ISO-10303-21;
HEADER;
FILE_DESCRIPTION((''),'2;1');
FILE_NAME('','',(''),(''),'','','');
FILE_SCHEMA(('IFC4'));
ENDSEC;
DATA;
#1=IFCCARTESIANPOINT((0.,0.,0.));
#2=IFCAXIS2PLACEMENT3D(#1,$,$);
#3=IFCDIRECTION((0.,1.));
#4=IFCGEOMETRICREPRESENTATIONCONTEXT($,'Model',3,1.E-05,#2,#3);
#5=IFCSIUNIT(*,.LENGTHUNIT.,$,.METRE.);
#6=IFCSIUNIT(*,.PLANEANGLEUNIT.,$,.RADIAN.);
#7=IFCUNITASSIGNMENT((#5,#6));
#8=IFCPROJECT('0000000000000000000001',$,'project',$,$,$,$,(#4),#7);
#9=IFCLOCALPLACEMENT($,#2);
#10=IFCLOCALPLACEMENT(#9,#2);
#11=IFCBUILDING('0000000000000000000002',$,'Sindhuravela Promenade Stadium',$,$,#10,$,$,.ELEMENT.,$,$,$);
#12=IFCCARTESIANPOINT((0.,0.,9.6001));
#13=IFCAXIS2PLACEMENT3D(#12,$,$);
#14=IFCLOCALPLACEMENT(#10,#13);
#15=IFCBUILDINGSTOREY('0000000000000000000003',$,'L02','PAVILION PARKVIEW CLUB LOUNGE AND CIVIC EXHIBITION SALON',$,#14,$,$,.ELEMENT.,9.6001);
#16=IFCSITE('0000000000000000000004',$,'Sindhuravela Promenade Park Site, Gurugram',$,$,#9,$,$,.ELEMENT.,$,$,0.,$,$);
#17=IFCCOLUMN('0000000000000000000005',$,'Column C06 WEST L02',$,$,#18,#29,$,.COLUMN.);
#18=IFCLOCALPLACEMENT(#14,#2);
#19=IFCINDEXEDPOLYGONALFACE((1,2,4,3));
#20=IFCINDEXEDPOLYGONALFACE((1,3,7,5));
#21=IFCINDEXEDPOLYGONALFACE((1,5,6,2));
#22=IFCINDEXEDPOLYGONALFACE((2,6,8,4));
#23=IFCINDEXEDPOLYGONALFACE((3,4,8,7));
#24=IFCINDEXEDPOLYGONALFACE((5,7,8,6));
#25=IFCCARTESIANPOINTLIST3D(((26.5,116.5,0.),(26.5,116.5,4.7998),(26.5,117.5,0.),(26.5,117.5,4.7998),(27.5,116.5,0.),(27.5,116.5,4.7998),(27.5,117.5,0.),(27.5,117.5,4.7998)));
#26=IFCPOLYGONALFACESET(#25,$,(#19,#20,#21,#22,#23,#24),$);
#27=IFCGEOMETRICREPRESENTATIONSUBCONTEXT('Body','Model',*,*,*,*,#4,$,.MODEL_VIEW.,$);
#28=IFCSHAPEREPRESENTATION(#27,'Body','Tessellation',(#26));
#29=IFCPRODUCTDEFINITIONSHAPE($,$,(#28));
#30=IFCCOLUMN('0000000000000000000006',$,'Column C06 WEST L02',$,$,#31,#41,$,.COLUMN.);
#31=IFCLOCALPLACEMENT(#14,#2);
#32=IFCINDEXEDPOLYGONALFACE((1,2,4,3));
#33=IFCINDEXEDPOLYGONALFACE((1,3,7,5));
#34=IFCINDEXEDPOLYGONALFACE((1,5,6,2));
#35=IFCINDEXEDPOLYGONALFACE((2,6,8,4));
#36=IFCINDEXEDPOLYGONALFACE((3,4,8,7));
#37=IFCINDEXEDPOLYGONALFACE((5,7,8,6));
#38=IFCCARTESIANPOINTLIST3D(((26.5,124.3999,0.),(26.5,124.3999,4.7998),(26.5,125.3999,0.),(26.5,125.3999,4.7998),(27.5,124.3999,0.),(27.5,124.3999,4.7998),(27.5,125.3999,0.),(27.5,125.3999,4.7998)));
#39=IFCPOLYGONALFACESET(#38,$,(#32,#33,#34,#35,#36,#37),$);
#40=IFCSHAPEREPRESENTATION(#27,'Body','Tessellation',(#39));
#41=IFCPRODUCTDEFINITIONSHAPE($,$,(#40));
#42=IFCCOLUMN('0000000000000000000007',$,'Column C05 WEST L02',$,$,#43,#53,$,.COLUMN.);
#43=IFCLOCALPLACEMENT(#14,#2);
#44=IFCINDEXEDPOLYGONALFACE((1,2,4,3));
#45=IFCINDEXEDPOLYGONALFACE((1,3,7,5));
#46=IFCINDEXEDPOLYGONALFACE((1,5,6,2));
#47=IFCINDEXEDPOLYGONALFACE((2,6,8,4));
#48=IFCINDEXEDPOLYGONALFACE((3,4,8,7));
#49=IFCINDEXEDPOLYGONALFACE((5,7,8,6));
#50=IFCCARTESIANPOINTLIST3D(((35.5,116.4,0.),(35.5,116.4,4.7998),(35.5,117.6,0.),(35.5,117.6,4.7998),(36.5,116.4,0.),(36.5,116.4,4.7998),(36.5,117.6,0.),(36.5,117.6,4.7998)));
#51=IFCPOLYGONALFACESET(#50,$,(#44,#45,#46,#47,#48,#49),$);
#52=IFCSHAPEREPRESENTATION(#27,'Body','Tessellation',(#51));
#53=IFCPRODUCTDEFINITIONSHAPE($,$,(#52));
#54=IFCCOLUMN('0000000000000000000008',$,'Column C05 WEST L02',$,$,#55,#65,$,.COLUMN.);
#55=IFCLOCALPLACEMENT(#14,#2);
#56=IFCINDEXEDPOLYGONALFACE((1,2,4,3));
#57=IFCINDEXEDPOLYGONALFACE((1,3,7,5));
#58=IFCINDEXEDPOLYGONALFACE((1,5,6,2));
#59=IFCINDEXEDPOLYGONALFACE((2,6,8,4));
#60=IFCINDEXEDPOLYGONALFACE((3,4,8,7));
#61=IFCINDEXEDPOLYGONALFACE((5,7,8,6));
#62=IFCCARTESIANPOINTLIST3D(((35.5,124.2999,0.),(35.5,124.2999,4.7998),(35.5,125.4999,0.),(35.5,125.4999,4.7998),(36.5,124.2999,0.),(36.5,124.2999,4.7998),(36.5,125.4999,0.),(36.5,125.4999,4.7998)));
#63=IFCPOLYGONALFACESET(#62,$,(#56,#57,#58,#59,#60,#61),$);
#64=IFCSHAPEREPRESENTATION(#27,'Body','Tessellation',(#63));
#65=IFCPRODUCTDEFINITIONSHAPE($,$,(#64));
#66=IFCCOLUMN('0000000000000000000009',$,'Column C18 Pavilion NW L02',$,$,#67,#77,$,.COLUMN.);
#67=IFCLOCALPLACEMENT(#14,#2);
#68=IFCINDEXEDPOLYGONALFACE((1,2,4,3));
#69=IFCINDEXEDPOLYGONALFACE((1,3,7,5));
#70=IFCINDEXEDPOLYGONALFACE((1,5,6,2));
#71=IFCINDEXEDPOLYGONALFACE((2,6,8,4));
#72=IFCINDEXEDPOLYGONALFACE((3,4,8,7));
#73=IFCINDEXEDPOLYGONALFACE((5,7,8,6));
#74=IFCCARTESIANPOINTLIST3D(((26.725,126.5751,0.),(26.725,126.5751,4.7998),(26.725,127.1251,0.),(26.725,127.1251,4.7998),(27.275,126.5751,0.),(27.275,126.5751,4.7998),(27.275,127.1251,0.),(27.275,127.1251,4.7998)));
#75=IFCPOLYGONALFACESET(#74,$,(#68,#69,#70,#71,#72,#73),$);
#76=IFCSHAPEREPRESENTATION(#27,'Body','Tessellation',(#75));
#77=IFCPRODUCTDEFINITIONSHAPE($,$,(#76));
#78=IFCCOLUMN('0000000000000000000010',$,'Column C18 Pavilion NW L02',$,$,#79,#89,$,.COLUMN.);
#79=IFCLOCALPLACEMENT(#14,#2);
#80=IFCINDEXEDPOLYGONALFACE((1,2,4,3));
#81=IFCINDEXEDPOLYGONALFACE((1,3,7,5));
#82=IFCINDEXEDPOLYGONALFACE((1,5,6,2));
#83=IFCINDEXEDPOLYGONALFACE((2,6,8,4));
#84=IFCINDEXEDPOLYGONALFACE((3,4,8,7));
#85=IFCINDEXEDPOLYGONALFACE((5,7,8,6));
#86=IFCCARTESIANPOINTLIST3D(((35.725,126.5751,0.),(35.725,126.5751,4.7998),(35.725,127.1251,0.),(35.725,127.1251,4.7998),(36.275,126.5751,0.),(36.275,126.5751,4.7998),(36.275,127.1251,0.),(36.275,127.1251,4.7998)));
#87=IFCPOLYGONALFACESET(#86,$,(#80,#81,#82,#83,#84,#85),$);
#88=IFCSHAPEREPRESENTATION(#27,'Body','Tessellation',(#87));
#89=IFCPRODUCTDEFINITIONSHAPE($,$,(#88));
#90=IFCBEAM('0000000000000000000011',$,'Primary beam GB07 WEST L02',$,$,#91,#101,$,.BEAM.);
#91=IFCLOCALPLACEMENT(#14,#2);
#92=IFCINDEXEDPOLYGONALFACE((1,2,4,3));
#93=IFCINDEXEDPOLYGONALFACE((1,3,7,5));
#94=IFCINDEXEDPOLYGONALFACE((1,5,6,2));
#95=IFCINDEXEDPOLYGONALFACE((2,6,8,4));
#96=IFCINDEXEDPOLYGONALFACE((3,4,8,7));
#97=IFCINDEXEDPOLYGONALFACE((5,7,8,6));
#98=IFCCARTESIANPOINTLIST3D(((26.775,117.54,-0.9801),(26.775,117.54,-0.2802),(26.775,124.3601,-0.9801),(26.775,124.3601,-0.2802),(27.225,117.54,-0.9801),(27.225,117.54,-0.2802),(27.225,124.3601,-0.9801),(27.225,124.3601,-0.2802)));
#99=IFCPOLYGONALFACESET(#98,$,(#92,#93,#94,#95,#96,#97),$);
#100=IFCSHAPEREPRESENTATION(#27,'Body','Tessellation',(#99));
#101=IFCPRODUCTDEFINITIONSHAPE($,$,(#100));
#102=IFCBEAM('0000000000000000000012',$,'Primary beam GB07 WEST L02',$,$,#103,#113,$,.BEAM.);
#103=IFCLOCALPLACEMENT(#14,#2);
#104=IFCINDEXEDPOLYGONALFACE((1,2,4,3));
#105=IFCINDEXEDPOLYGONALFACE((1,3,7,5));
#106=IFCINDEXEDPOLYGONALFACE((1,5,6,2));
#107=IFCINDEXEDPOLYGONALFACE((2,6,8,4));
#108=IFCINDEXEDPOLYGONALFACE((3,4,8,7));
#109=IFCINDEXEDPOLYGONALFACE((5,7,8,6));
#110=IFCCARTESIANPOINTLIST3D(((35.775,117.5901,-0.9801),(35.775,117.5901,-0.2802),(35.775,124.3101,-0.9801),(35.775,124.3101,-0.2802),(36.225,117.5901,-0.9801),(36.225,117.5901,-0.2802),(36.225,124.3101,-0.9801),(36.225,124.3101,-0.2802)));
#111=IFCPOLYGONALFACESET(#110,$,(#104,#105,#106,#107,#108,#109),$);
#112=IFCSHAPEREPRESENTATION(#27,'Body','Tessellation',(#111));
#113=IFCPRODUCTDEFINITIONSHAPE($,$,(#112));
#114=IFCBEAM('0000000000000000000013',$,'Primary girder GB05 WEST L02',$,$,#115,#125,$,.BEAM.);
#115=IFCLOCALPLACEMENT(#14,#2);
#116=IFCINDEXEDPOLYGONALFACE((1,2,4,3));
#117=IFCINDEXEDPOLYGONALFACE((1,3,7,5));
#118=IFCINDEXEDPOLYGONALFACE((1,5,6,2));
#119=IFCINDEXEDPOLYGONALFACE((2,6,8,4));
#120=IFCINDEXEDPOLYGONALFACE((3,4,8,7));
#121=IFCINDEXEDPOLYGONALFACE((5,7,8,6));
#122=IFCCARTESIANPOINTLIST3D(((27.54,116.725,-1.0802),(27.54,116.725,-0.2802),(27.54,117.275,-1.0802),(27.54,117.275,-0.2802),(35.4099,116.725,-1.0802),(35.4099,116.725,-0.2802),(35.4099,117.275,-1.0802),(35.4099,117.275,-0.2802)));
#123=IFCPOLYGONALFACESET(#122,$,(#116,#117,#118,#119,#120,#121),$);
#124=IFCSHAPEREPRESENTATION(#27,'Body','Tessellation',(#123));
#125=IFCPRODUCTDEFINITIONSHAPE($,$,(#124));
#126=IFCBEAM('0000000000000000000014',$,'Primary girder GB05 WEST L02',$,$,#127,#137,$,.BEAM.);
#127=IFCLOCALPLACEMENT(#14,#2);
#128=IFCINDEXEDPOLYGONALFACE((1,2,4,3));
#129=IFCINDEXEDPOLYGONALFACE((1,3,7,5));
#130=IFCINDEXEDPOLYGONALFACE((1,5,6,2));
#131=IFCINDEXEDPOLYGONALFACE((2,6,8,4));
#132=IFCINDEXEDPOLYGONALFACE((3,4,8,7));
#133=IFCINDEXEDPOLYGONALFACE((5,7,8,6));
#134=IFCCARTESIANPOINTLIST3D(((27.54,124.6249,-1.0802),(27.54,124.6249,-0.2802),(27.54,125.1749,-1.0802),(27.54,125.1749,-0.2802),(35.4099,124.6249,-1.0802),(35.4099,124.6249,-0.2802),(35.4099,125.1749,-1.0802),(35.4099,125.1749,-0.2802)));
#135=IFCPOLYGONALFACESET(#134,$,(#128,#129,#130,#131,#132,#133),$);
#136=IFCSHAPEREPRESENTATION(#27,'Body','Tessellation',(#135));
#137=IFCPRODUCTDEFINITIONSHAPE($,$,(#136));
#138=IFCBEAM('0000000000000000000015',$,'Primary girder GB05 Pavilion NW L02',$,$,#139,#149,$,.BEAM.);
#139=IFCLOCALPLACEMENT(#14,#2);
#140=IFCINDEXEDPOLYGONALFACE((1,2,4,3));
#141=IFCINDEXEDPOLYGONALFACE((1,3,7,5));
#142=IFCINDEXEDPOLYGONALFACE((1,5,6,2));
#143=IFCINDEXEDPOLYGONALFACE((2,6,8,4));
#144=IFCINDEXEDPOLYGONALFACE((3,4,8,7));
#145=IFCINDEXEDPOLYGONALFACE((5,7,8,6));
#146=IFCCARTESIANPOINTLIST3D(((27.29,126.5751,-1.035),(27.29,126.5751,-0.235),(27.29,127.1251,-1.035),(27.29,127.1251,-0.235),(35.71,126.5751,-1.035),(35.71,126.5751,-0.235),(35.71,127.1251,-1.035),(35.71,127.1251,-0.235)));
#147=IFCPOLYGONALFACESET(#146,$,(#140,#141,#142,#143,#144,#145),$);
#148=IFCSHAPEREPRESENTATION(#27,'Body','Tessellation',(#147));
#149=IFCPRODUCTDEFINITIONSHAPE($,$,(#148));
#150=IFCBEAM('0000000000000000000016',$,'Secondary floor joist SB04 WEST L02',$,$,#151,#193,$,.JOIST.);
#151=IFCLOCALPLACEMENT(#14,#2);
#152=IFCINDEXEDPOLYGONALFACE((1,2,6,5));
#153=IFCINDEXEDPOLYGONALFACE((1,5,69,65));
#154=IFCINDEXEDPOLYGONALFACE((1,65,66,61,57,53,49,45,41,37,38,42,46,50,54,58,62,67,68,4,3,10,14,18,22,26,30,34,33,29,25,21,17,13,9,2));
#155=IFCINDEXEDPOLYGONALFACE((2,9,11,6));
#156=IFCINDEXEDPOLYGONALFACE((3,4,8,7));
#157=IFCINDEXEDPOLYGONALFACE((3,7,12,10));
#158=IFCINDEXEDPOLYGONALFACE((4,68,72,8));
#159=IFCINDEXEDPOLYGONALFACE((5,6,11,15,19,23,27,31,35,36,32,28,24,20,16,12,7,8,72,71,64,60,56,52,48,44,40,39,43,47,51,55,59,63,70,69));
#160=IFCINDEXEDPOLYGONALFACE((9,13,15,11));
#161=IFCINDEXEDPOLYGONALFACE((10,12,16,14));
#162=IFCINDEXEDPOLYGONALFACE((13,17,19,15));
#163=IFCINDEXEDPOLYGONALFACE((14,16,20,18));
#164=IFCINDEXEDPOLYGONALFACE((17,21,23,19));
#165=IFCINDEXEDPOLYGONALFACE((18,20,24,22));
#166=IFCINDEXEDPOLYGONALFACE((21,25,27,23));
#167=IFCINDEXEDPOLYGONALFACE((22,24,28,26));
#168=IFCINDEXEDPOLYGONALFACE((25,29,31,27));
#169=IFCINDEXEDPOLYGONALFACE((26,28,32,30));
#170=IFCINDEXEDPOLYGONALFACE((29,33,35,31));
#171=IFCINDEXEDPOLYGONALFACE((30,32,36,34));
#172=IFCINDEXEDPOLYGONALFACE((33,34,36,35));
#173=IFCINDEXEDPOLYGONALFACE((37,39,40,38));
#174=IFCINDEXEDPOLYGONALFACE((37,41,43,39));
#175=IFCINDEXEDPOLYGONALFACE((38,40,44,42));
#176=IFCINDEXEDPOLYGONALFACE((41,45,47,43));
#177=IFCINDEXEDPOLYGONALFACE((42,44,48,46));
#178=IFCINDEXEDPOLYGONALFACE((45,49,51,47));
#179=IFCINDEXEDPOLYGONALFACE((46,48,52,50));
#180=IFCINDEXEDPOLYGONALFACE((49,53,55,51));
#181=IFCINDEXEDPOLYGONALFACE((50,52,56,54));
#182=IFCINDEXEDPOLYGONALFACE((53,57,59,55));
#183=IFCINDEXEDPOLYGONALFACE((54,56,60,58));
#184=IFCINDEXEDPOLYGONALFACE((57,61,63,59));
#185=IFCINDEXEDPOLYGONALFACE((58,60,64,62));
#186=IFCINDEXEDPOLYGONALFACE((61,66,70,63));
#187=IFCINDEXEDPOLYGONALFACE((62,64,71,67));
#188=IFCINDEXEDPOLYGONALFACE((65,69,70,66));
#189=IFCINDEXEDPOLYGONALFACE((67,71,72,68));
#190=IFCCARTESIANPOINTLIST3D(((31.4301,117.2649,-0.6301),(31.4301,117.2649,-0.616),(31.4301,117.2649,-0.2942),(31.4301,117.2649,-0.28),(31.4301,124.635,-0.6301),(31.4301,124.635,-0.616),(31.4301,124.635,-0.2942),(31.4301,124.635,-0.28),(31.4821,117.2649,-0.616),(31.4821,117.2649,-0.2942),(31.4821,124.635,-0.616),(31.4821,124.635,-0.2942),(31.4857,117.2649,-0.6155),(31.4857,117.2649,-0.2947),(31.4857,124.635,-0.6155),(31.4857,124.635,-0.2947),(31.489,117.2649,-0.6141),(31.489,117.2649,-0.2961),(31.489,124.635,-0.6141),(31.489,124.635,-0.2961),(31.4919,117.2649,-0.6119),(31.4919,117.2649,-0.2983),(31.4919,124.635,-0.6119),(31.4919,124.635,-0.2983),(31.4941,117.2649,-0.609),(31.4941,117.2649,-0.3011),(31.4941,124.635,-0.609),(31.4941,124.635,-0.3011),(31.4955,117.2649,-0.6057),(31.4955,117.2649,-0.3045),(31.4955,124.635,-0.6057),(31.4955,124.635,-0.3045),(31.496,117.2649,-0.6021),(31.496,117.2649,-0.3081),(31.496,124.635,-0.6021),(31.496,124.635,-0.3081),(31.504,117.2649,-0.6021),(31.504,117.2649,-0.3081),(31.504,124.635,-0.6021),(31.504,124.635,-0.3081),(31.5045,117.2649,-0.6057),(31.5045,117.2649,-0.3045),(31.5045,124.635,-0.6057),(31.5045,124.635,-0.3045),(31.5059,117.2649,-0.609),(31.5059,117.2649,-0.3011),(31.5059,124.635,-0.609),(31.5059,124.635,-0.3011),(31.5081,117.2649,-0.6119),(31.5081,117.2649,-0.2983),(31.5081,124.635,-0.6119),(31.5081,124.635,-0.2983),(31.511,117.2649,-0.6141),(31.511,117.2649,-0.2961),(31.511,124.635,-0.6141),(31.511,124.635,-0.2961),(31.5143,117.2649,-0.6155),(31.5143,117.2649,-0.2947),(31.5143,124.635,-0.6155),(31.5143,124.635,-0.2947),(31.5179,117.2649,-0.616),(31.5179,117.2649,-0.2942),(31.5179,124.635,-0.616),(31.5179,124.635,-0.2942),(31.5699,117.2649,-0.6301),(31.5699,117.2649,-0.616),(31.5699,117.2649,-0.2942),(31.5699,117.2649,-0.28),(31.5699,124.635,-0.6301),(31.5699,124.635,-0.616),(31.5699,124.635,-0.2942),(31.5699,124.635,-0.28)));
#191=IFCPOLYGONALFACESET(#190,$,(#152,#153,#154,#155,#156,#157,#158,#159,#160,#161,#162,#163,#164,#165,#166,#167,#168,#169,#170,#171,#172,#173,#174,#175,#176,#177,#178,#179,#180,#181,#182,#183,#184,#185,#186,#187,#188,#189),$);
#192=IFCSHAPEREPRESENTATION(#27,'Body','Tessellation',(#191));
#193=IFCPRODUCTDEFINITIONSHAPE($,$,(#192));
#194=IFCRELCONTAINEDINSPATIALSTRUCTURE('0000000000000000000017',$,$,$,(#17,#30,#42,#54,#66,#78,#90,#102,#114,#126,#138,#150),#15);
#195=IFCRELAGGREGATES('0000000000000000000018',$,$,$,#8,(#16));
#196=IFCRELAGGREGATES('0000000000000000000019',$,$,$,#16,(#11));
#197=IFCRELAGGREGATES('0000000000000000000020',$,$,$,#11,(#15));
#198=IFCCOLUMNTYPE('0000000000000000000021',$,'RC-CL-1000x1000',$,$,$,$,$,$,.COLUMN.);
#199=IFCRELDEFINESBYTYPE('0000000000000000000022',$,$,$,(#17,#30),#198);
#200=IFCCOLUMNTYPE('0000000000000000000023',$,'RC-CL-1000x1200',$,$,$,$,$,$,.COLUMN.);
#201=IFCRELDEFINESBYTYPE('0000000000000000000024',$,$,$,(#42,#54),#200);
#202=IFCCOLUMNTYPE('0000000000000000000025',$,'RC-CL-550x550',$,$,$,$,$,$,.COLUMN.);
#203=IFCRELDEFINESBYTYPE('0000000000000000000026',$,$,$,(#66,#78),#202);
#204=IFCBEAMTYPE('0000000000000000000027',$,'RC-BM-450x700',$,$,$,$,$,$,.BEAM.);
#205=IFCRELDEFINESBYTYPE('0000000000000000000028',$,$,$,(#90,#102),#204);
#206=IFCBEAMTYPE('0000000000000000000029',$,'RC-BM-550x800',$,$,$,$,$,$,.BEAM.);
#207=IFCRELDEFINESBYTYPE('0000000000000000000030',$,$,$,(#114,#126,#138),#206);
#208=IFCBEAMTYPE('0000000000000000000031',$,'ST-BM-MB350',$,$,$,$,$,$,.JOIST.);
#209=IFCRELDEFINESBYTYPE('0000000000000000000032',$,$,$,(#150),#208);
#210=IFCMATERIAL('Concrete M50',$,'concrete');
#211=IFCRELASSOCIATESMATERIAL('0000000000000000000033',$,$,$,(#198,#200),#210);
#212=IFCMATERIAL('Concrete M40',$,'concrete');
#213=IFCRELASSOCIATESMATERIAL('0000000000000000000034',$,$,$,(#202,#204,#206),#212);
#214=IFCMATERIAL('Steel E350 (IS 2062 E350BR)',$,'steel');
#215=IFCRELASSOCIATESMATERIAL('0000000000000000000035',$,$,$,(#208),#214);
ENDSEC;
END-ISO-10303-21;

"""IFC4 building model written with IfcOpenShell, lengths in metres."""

from ifc_helpers import new_model, si_unit, direction, frame, origin, origin_2d, place, context, subcontext, project, spatial, rectangle, i_section, extrude, material, material_profile, profile_set, type_object, element, save


model = new_model("IFC4")

# Units and contexts
model_context = context("Model", 3, precision=1e-05, world=origin(), true_north=direction((0.0, 1.0)))
body_context = subcontext(model_context, "Body", "Model", "MODEL_VIEW")
ifc_project = project(units=[si_unit("LENGTHUNIT", "METRE"), si_unit("PLANEANGLEUNIT", "RADIAN")], contexts=[model_context])

# Site, building, storey
site_placement = place(None, origin())
site = spatial("IfcSite", under=ifc_project, at=site_placement, Name="Sindhuravela Promenade Park Site, Gurugram", CompositionType="ELEMENT", RefElevation=0.0)
building_placement = place(site_placement, origin())
building = spatial("IfcBuilding", under=site, at=building_placement, Name="Sindhuravela Promenade Stadium", CompositionType="ELEMENT")
storey_placement = place(building_placement, frame((0.0, 0.0, 9.6001)))
storey = spatial("IfcBuildingStorey", under=building, at=storey_placement, Name="L02", Description="PAVILION PARKVIEW CLUB LOUNGE AND CIVIC EXHIBITION SALON", CompositionType="ELEMENT", Elevation=9.6001)

# Columns
ifc_material_1 = material(Name="Concrete M50", Category="concrete")
ifc_material_profile_1 = material_profile(ifc_material_1, rectangle(XDim=1.0, YDim=1.0, at=origin_2d()), Name="RC 1000x1000")
ifc_profile_set_1 = profile_set([ifc_material_profile_1], Name="Concrete M50")
column_type_1 = type_object("IfcColumnType", Name="RC-CL-1000x1000", PredefinedType="COLUMN", material=ifc_profile_set_1)
for number, where, z_axis, x_axis, name in (
    (1, (27.0, 117.0, 0.0), (0.0, 0.0, 1.0), (1.0, 0.0, 0.0), "Column C06 WEST L02"),
    (2, (27.0, 124.8999, 0.0), (0.0, 0.0, 1.0), (1.0, 0.0, 0.0), "Column C06 WEST L02"),
):
    element("IfcColumn", number, at=place(storey_placement, frame(where, z_axis=z_axis, x_axis=x_axis)), inside=storey, type_object=column_type_1, Name=name, PredefinedType="COLUMN", context=body_context, shape_type="SweptSolid", body=[
        extrude(rectangle(XDim=1.0, YDim=1.0, at=origin_2d()), origin(), (0.0, 0.0, 1.0), 4.7998),
    ])
ifc_material_profile_2 = material_profile(ifc_material_1, rectangle(XDim=1.0, YDim=1.2, at=origin_2d()), Name="RC 1000x1200")
ifc_profile_set_2 = profile_set([ifc_material_profile_2], Name="Concrete M50")
column_type_2 = type_object("IfcColumnType", Name="RC-CL-1000x1200", PredefinedType="COLUMN", material=ifc_profile_set_2)
for number, where, z_axis, x_axis, name in (
    (3, (36.0, 117.0, 0.0), (0.0, 0.0, 1.0), (1.0, 0.0, 0.0), "Column C05 WEST L02"),
    (4, (36.0, 124.8999, 0.0), (0.0, 0.0, 1.0), (1.0, 0.0, 0.0), "Column C05 WEST L02"),
):
    element("IfcColumn", number, at=place(storey_placement, frame(where, z_axis=z_axis, x_axis=x_axis)), inside=storey, type_object=column_type_2, Name=name, PredefinedType="COLUMN", context=body_context, shape_type="SweptSolid", body=[
        extrude(rectangle(XDim=1.0, YDim=1.2, at=origin_2d()), origin(), (0.0, 0.0, 1.0), 4.7998),
    ])
ifc_material_2 = material(Name="Concrete M40", Category="concrete")
ifc_material_profile_3 = material_profile(ifc_material_2, rectangle(XDim=0.55, YDim=0.55, at=origin_2d()), Name="RC 550x550")
ifc_profile_set_3 = profile_set([ifc_material_profile_3], Name="Concrete M40")
column_type_3 = type_object("IfcColumnType", Name="RC-CL-550x550", PredefinedType="COLUMN", material=ifc_profile_set_3)
for number, where, z_axis, x_axis, name in (
    (5, (27.0, 126.8501, 0.0), (0.0, 0.0, 1.0), (1.0, 0.0, 0.0), "Column C18 Pavilion NW L02"),
    (6, (36.0, 126.8501, 0.0), (0.0, 0.0, 1.0), (1.0, 0.0, 0.0), "Column C18 Pavilion NW L02"),
):
    element("IfcColumn", number, at=place(storey_placement, frame(where, z_axis=z_axis, x_axis=x_axis)), inside=storey, type_object=column_type_3, Name=name, PredefinedType="COLUMN", context=body_context, shape_type="SweptSolid", body=[
        extrude(rectangle(XDim=0.55, YDim=0.55, at=origin_2d()), origin(), (0.0, 0.0, 1.0), 4.7998),
    ])

# Beams
ifc_material_profile_4 = material_profile(ifc_material_2, rectangle(XDim=0.45, YDim=0.7, at=origin_2d()), Name="RC 450x700")
ifc_profile_set_4 = profile_set([ifc_material_profile_4], Name="Concrete M40")
beam_type_1 = type_object("IfcBeamType", Name="RC-BM-450x700", PredefinedType="BEAM", material=ifc_profile_set_4)
beam_1_placement = place(storey_placement, frame((27.0, 117.54, -0.6301), z_axis=(0.0, 1.0, 0.0), x_axis=(-1.0, 0.0, 0.0)))
element("IfcBeam", 7, at=beam_1_placement, inside=storey, type_object=beam_type_1, Name="Primary beam GB07 WEST L02", PredefinedType="BEAM", context=body_context, shape_type="SweptSolid", body=[
    extrude(rectangle(XDim=0.45, YDim=0.7, at=origin_2d()), origin(), (0.0, 0.0, 1.0), 6.8201),
])
beam_2_placement = place(storey_placement, frame((36.0, 117.5901, -0.6301), z_axis=(0.0, 1.0, 0.0), x_axis=(-1.0, 0.0, 0.0)))
element("IfcBeam", 8, at=beam_2_placement, inside=storey, type_object=beam_type_1, Name="Primary beam GB07 WEST L02", PredefinedType="BEAM", context=body_context, shape_type="SweptSolid", body=[
    extrude(rectangle(XDim=0.45, YDim=0.7, at=origin_2d()), origin(), (0.0, 0.0, 1.0), 6.72),
])
ifc_material_profile_5 = material_profile(ifc_material_2, rectangle(XDim=0.55, YDim=0.8, at=origin_2d()), Name="RC 550x800")
ifc_profile_set_5 = profile_set([ifc_material_profile_5], Name="Concrete M40")
beam_type_2 = type_object("IfcBeamType", Name="RC-BM-550x800", PredefinedType="BEAM", material=ifc_profile_set_5)
for number, where, z_axis, x_axis, name in (
    (9, (27.54, 117.0, -0.6802), (1.0, 0.0, 0.0), (0.0, 1.0, 0.0), "Primary girder GB05 WEST L02"),
    (10, (27.54, 124.8999, -0.6802), (1.0, 0.0, 0.0), (0.0, 1.0, 0.0), "Primary girder GB05 WEST L02"),
):
    element("IfcBeam", number, at=place(storey_placement, frame(where, z_axis=z_axis, x_axis=x_axis)), inside=storey, type_object=beam_type_2, Name=name, PredefinedType="BEAM", context=body_context, shape_type="SweptSolid", body=[
        extrude(rectangle(XDim=0.55, YDim=0.8, at=origin_2d()), origin(), (0.0, 0.0, 1.0), 7.8699),
    ])
beam_3_placement = place(storey_placement, frame((27.29, 126.8501, -0.635), z_axis=(1.0, 0.0, 0.0), x_axis=(0.0, 1.0, 0.0)))
element("IfcBeam", 11, at=beam_3_placement, inside=storey, type_object=beam_type_2, Name="Primary girder GB05 Pavilion NW L02", PredefinedType="BEAM", context=body_context, shape_type="SweptSolid", body=[
    extrude(rectangle(XDim=0.55, YDim=0.8, at=origin_2d()), origin(), (0.0, 0.0, 1.0), 8.4199),
])
ifc_material_3 = material(Name="Steel E350 (IS 2062 E350BR)", Category="steel")
ifc_material_profile_6 = material_profile(ifc_material_3, i_section(OverallWidth=0.1399, OverallDepth=0.3501, WebThickness=0.0081, FlangeThickness=0.0142, FilletRadius=0.0139, at=origin_2d()), Name="ISMB 350")
ifc_profile_set_6 = profile_set([ifc_material_profile_6], Name="Steel E350 (IS 2062 E350BR)")
beam_type_3 = type_object("IfcBeamType", Name="ST-BM-MB350", PredefinedType="JOIST", material=ifc_profile_set_6)
beam_4_placement = place(storey_placement, frame((31.5, 117.2649, -0.4551), z_axis=(0.0, 1.0, 0.0), x_axis=(-1.0, 0.0, 0.0)))
element("IfcBeam", 12, at=beam_4_placement, inside=storey, type_object=beam_type_3, Name="Secondary floor joist SB04 WEST L02", PredefinedType="JOIST", context=body_context, shape_type="SweptSolid", body=[
    extrude(i_section(OverallWidth=0.1399, OverallDepth=0.3501, WebThickness=0.0081, FlangeThickness=0.0142, FilletRadius=0.0139, at=origin_2d()), origin(), (0.0, 0.0, 1.0), 7.3701),
])

save(model, "model.ifc")
